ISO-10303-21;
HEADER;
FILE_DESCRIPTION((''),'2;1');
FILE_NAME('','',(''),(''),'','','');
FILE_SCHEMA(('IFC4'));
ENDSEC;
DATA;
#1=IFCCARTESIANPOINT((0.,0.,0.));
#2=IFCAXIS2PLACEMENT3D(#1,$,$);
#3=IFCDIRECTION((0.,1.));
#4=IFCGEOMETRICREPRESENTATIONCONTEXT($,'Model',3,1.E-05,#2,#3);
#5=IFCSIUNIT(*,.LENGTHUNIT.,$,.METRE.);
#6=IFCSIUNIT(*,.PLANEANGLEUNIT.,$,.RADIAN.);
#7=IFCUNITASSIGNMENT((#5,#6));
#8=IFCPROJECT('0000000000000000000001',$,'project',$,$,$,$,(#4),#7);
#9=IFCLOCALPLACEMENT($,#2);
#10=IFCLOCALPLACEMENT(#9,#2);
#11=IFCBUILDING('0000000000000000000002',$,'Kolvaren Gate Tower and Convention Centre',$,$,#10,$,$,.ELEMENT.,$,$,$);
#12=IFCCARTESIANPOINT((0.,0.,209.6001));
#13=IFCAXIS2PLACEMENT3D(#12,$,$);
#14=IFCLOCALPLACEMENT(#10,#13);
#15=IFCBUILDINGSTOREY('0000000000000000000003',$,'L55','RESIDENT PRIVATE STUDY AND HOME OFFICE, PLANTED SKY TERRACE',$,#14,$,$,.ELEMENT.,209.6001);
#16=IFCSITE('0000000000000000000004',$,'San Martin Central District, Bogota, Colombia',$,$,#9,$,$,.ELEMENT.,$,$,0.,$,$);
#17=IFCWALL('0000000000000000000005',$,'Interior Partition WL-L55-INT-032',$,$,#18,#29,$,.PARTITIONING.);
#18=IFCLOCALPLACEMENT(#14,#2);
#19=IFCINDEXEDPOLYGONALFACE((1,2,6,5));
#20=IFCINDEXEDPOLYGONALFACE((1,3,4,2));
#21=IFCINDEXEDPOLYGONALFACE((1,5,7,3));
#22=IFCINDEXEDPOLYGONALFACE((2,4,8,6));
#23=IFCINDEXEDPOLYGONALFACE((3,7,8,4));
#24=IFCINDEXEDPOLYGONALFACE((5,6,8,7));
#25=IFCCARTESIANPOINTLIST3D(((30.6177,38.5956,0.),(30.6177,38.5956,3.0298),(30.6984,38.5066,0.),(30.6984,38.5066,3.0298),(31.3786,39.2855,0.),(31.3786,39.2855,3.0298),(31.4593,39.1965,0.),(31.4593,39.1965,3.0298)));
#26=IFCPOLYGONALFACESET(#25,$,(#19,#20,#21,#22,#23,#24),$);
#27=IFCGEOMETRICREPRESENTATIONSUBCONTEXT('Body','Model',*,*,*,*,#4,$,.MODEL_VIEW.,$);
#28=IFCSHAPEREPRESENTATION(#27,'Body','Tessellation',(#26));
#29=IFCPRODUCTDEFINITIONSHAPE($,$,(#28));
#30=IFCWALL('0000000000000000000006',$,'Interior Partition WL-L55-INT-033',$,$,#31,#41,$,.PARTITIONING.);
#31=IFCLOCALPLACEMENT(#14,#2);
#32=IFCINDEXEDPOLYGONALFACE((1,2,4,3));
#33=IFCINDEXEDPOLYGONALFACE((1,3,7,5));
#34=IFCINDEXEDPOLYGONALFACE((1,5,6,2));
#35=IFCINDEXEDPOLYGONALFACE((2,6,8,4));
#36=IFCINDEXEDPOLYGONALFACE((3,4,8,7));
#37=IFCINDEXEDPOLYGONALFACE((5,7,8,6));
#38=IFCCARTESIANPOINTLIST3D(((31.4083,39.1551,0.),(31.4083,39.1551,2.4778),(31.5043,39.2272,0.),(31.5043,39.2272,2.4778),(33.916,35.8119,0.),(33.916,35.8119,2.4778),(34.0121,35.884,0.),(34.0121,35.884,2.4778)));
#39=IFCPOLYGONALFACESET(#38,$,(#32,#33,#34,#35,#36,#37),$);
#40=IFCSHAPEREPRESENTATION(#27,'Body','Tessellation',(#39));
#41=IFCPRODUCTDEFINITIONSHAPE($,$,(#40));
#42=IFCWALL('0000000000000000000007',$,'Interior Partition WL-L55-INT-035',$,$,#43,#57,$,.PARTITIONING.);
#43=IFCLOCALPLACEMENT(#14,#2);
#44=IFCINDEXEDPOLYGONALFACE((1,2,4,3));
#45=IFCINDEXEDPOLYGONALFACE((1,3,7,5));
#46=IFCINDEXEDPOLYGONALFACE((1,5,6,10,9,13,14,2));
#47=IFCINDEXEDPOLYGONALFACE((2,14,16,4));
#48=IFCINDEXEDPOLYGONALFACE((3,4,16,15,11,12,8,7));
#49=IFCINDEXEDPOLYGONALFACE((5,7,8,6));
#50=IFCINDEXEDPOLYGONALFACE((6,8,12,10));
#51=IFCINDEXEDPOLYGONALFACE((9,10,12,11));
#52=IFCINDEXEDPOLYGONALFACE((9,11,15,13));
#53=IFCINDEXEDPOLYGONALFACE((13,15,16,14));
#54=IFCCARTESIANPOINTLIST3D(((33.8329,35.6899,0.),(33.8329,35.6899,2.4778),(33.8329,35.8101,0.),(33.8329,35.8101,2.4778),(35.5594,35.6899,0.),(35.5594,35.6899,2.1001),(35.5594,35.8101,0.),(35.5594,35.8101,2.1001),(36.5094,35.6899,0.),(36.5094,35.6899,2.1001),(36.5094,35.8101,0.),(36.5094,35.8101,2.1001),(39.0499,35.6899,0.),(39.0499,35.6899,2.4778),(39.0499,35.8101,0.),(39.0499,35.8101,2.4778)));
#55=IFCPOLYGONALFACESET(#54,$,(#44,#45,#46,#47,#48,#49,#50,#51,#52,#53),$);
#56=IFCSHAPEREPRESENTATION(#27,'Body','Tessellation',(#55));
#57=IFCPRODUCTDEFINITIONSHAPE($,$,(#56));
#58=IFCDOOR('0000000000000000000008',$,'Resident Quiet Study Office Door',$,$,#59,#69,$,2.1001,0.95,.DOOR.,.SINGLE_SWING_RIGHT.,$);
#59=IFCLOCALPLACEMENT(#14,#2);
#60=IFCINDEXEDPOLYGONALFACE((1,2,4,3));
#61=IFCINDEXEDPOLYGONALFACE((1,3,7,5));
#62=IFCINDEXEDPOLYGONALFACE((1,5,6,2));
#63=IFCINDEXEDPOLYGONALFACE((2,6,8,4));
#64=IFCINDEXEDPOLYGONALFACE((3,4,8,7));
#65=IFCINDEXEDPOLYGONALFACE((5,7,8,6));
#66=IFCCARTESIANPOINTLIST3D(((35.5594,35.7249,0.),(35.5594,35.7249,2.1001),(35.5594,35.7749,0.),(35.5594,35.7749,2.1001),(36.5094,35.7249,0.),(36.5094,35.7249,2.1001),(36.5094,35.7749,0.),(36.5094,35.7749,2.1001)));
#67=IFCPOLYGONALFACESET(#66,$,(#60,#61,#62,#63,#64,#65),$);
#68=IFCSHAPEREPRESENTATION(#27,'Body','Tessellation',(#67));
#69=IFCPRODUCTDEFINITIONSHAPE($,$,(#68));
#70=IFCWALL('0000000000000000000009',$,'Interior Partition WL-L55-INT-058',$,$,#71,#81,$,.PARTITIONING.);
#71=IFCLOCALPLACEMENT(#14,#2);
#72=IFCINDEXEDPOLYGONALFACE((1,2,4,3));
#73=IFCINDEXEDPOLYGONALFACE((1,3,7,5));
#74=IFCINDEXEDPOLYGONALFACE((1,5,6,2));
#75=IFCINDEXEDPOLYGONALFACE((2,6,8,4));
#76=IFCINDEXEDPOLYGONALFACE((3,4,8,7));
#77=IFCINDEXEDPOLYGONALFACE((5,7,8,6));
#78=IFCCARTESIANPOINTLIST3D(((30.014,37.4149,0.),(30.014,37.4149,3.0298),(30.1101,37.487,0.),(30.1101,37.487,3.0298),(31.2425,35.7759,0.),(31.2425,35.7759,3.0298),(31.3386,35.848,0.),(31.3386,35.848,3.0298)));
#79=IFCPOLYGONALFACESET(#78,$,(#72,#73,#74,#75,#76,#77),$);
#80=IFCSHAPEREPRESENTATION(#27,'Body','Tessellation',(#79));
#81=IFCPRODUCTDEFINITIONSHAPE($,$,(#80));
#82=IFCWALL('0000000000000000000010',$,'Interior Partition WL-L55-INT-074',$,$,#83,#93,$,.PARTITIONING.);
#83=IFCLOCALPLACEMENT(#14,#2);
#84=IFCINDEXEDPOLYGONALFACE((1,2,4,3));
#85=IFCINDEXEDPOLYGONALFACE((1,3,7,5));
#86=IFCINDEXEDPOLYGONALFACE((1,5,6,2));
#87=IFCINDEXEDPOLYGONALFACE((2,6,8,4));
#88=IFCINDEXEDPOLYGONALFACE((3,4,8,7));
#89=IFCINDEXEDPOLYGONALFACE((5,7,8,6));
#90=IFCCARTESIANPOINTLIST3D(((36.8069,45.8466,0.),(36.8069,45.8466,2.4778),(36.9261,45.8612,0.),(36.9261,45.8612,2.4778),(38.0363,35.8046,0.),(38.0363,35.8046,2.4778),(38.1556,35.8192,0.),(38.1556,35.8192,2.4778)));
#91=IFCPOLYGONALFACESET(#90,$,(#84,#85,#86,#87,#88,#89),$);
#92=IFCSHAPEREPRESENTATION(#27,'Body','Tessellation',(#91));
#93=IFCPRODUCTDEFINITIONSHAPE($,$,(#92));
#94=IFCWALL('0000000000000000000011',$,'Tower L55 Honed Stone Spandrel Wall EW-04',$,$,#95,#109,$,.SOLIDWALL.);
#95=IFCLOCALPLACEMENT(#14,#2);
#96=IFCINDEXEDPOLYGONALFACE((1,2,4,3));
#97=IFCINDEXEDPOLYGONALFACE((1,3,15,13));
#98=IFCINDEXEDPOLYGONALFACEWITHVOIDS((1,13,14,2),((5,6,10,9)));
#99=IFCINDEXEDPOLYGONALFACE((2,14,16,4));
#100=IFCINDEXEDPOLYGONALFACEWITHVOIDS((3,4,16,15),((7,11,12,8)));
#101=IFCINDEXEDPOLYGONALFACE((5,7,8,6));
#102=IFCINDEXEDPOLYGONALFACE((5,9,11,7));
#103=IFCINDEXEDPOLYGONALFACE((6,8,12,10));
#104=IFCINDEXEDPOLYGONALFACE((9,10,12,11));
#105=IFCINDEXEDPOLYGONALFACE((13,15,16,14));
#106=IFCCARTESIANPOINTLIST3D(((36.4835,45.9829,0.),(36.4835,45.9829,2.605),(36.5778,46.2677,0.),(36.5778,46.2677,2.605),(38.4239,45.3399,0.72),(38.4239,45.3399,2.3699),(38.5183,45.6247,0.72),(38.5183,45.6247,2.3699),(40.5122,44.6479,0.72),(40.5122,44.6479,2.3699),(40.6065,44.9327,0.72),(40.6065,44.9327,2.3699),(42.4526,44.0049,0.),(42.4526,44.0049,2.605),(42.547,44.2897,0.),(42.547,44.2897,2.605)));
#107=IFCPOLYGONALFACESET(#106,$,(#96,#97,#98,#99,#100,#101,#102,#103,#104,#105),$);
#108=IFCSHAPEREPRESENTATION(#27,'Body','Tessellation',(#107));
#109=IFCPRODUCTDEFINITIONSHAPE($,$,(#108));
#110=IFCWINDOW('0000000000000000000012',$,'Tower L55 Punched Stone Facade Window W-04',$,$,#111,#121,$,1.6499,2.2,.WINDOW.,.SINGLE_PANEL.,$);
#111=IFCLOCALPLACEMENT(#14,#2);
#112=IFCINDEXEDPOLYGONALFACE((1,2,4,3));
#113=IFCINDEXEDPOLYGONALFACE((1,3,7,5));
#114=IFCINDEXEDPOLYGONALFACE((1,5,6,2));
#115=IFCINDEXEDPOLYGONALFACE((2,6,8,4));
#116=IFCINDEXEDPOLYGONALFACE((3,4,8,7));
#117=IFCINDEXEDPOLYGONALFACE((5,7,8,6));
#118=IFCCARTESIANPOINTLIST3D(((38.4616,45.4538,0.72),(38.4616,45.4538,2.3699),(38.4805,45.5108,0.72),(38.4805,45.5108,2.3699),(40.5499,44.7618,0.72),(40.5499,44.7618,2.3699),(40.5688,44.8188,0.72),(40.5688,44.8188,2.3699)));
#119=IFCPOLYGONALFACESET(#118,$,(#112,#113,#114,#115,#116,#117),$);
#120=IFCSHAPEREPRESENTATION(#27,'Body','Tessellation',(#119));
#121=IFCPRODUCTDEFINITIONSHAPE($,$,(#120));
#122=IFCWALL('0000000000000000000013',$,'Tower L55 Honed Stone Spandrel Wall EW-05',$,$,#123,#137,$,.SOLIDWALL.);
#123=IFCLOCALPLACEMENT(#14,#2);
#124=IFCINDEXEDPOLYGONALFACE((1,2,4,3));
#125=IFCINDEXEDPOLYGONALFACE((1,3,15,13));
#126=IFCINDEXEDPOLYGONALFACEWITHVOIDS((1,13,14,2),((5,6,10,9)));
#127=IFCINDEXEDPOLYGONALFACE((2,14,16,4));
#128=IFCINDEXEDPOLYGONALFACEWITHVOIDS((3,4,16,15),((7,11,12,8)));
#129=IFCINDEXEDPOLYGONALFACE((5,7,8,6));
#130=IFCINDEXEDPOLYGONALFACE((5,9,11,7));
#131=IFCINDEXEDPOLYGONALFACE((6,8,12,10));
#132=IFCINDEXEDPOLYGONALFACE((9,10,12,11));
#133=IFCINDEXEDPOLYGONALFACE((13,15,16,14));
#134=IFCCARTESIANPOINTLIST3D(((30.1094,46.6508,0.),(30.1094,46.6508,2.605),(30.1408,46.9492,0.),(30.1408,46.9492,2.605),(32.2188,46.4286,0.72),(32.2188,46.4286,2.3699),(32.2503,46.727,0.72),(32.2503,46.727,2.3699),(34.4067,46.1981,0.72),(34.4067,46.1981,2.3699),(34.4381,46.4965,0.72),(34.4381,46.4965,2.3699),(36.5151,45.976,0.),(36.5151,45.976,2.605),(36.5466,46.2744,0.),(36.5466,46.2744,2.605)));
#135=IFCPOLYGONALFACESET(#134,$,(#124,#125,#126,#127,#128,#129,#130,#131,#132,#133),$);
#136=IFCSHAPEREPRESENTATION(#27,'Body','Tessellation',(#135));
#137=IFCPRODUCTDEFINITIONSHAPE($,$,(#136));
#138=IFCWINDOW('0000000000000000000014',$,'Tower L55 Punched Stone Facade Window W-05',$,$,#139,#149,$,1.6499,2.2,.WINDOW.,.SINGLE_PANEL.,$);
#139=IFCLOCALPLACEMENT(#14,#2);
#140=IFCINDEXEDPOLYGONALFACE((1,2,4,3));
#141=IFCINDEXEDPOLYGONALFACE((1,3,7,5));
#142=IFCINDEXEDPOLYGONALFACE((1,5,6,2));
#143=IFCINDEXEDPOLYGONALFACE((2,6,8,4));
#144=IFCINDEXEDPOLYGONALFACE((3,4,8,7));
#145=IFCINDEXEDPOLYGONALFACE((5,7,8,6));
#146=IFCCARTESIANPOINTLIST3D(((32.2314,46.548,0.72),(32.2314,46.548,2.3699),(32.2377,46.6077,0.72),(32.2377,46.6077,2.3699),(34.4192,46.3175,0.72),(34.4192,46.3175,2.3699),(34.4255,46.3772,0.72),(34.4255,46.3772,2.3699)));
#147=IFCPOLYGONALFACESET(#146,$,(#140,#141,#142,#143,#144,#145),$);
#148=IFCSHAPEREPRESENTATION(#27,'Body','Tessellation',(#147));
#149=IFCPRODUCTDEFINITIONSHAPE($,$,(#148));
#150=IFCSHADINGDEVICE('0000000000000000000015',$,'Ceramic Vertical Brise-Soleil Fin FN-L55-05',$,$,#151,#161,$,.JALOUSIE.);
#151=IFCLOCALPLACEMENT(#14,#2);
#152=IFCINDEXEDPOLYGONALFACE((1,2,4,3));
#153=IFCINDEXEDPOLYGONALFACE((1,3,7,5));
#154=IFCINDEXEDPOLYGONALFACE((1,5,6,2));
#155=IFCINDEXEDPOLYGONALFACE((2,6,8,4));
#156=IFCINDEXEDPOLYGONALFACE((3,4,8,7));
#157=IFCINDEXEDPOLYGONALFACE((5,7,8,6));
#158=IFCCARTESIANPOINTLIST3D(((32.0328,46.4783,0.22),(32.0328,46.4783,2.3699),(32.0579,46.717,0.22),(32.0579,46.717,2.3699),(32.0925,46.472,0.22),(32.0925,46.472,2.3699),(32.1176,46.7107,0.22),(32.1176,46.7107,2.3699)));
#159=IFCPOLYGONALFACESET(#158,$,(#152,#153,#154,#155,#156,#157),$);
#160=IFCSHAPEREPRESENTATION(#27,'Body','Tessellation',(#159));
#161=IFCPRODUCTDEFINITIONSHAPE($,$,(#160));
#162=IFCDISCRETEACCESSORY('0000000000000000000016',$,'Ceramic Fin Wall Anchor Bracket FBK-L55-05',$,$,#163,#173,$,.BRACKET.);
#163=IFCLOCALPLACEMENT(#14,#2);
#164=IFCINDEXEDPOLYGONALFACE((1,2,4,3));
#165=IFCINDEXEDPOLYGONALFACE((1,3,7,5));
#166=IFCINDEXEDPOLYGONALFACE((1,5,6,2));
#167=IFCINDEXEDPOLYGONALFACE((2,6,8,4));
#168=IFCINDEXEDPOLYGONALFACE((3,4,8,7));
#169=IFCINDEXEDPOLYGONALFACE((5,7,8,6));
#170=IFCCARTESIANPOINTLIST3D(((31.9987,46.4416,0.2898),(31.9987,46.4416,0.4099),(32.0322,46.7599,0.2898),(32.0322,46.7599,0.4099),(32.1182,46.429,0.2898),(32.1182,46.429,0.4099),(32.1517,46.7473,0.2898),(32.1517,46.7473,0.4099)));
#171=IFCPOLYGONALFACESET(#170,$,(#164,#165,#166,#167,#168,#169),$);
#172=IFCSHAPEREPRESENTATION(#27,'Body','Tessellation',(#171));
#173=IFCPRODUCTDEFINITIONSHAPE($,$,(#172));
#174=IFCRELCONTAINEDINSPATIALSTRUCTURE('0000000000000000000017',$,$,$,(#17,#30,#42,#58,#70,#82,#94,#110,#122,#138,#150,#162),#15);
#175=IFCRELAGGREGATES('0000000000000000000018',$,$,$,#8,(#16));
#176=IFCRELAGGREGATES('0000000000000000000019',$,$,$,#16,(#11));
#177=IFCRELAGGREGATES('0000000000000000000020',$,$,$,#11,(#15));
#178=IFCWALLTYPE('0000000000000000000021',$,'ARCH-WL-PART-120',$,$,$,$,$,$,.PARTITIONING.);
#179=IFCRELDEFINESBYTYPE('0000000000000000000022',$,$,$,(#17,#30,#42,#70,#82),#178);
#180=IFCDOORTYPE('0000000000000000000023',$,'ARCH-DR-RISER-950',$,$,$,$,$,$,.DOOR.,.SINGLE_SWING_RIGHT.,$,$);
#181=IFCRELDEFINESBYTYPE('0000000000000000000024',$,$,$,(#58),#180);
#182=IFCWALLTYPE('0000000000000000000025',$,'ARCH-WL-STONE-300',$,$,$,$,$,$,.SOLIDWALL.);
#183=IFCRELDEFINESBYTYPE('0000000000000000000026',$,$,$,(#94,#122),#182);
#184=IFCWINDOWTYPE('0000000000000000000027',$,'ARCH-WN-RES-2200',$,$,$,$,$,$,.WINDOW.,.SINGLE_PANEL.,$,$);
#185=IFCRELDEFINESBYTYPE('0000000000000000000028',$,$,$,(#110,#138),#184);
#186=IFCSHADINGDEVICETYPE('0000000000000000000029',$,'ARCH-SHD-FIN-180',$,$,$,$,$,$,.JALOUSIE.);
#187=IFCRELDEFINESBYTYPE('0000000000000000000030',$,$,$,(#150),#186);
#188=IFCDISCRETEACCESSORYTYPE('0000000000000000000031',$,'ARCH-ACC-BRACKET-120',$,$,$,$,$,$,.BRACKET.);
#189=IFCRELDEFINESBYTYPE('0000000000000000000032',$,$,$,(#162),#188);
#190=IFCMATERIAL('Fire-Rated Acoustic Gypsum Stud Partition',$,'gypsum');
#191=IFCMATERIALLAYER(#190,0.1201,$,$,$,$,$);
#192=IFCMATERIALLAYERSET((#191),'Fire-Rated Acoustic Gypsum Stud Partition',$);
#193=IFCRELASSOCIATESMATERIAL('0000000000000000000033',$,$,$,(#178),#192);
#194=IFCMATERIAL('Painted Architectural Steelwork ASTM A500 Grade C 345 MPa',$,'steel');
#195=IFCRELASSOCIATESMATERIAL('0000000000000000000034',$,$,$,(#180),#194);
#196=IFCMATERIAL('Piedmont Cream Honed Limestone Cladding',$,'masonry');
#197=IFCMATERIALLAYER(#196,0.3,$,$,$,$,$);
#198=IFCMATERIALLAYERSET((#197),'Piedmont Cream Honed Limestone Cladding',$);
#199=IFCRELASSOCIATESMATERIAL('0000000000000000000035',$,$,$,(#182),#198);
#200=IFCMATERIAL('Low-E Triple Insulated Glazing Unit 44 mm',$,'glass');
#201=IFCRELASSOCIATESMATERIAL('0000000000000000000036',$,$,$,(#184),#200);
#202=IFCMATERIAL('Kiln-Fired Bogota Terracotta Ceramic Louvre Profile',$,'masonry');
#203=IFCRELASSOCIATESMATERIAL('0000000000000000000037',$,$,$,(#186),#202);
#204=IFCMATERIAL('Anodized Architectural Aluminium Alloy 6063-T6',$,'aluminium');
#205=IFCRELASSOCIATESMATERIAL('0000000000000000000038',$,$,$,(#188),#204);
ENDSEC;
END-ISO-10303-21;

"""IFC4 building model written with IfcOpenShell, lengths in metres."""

from ifc_helpers import new_model, si_unit, direction, frame, frame_2d, origin, origin_2d, place, context, subcontext, project, spatial, rectangle, extrude, material, layer, layer_set, type_object, element, fill, save


model = new_model("IFC4")

# Units and contexts
model_context = context("Model", 3, precision=1e-05, world=origin(), true_north=direction((0.0, 1.0)))
body_context = subcontext(model_context, "Body", "Model", "MODEL_VIEW")
ifc_project = project(units=[si_unit("LENGTHUNIT", "METRE"), si_unit("PLANEANGLEUNIT", "RADIAN")], contexts=[model_context])

# Site, building, storey
site_placement = place(None, origin())
site = spatial("IfcSite", under=ifc_project, at=site_placement, Name="San Martin Central District, Bogota, Colombia", CompositionType="ELEMENT", RefElevation=0.0)
building_placement = place(site_placement, origin())
building = spatial("IfcBuilding", under=site, at=building_placement, Name="Kolvaren Gate Tower and Convention Centre", CompositionType="ELEMENT")
storey_placement = place(building_placement, frame((0.0, 0.0, 209.6001)))
storey = spatial("IfcBuildingStorey", under=building, at=storey_placement, Name="L55", Description="RESIDENT PRIVATE STUDY AND HOME OFFICE, PLANTED SKY TERRACE", CompositionType="ELEMENT", Elevation=209.6001)

# Walls
ifc_material_1 = material(Name="Fire-Rated Acoustic Gypsum Stud Partition", Category="gypsum")
ifc_layer_1 = layer(ifc_material_1, 0.1201)
ifc_layer_set_1 = layer_set([ifc_layer_1], Name="Fire-Rated Acoustic Gypsum Stud Partition")
wall_type_1 = type_object("IfcWallType", Name="ARCH-WL-PART-120", PredefinedType="PARTITIONING", material=ifc_layer_set_1)
wall_1_placement = place(storey_placement, frame((30.658, 38.551, 0.0), z_axis=(0.0, 0.0, 1.0), x_axis=(0.740843, 0.671678, 0.0)))
element("IfcWall", 1, at=wall_1_placement, inside=storey, type_object=wall_type_1, Name="Interior Partition WL-L55-INT-032", PredefinedType="PARTITIONING", context=body_context, shape_type="SweptSolid", body=[
    extrude(rectangle(XDim=1.0271, YDim=0.1201, at=frame_2d((0.5137, 0.0))), origin(), (0.0, 0.0, 1.0), 3.0298),
])
wall_2_placement = place(storey_placement, frame((31.4563, 39.1912, 0.0), z_axis=(0.0, 0.0, 1.0), x_axis=(0.600056, -0.799958, 0.0)))
element("IfcWall", 2, at=wall_2_placement, inside=storey, type_object=wall_type_1, Name="Interior Partition WL-L55-INT-033", PredefinedType="PARTITIONING", context=body_context, shape_type="SweptSolid", body=[
    extrude(rectangle(XDim=4.1792, YDim=0.1201, at=frame_2d((2.0896, 0.0))), origin(), (0.0, 0.0, 1.0), 2.4778),
])

# Wall, opening, door
wall_3_placement = place(storey_placement, frame((33.833, 35.75, 0.0), z_axis=(0.0, 0.0, 1.0), x_axis=(1.0, 0.0, 0.0)))
wall_3 = element("IfcWall", 3, at=wall_3_placement, inside=storey, type_object=wall_type_1, Name="Interior Partition WL-L55-INT-035", PredefinedType="PARTITIONING", context=body_context, shape_type="SweptSolid", body=[
    extrude(rectangle(XDim=5.217, YDim=0.1201, at=frame_2d((2.6084, 0.0))), origin(), (0.0, 0.0, 1.0), 2.4778),
])
opening_1_placement = place(wall_3_placement, frame((1.7263, 0.0, 0.0)))
opening_1 = element("IfcOpeningElement", 4, at=opening_1_placement, cuts=wall_3, PredefinedType="OPENING", context=body_context, shape_type="SweptSolid", body=[
    extrude(rectangle(XDim=0.95, YDim=2.1001, at=frame_2d((0.4751, 1.05))), frame((0.0, 0.0701, 0.0), z_axis=(0.0, -1.0, 0.0), x_axis=(1.0, 0.0, 0.0)), (0.0, 0.0, 1.0), 0.1401),
])
ifc_material_2 = material(Name="Painted Architectural Steelwork ASTM A500 Grade C 345 MPa", Category="steel")
door_type = type_object("IfcDoorType", Name="ARCH-DR-RISER-950", OperationType="SINGLE_SWING_RIGHT", PredefinedType="DOOR", material=ifc_material_2)
door_placement = place(opening_1_placement, origin())
door = element("IfcDoor", 5, at=door_placement, inside=storey, type_object=door_type, Name="Resident Quiet Study Office Door", OperationType="SINGLE_SWING_RIGHT", OverallHeight=2.1001, OverallWidth=0.95, PredefinedType="DOOR", context=body_context, shape_type="SweptSolid", body=[
    extrude(rectangle(XDim=0.95, YDim=2.1001, at=frame_2d((0.4751, 1.05))), frame((0.0, 0.0249, 0.0), z_axis=(0.0, -1.0, 0.0), x_axis=(1.0, 0.0, 0.0)), (0.0, 0.0, 1.0), 0.05),
])
fill(opening_1, door)

# Walls
wall_4_placement = place(storey_placement, frame((30.062, 37.4509, 0.0), z_axis=(0.0, 0.0, 1.0), x_axis=(0.59979, -0.800157, 0.0)))
element("IfcWall", 6, at=wall_4_placement, inside=storey, type_object=wall_type_1, Name="Interior Partition WL-L55-INT-058", PredefinedType="PARTITIONING", context=body_context, shape_type="SweptSolid", body=[
    extrude(rectangle(XDim=2.0483, YDim=0.1201, at=frame_2d((1.0242, 0.0))), origin(), (0.0, 0.0, 1.0), 3.0298),
])
wall_5_placement = place(storey_placement, frame((36.8665, 45.854, 0.0), z_axis=(0.0, 0.0, 1.0), x_axis=(0.121528, -0.992588, 0.0)))
element("IfcWall", 7, at=wall_5_placement, inside=storey, type_object=wall_type_1, Name="Interior Partition WL-L55-INT-074", PredefinedType="PARTITIONING", context=body_context, shape_type="SweptSolid", body=[
    extrude(rectangle(XDim=10.1169, YDim=0.1201, at=frame_2d((5.0586, 0.0))), origin(), (0.0, 0.0, 1.0), 2.4778),
])

# Walls, openings, windows
ifc_material_3 = material(Name="Piedmont Cream Honed Limestone Cladding", Category="masonry")
ifc_layer_2 = layer(ifc_material_3, 0.3)
ifc_layer_set_2 = layer_set([ifc_layer_2], Name="Piedmont Cream Honed Limestone Cladding")
wall_type_2 = type_object("IfcWallType", Name="ARCH-WL-STONE-300", PredefinedType="SOLIDWALL", material=ifc_layer_set_2)
wall_6_placement = place(storey_placement, frame((36.5308, 46.1252, 0.0), z_axis=(0.0, 0.0, 1.0), x_axis=(0.949241, -0.31455, 0.0)))
wall_6 = element("IfcWall", 8, at=wall_6_placement, inside=storey, type_object=wall_type_2, Name="Tower L55 Honed Stone Spandrel Wall EW-04", PredefinedType="SOLIDWALL", context=body_context, shape_type="SweptSolid", body=[
    extrude(rectangle(XDim=6.2883, YDim=0.3, at=frame_2d((3.144, 0.0))), origin(), (0.0, 0.0, 1.0), 2.605),
])
opening_2_placement = place(wall_6_placement, frame((2.0439, 0.0, 0.72)))
opening_2 = element("IfcOpeningElement", 9, at=opening_2_placement, cuts=wall_6, PredefinedType="OPENING", context=body_context, shape_type="SweptSolid", body=[
    extrude(rectangle(XDim=2.2, YDim=1.6499, at=frame_2d((1.1001, 0.825))), frame((0.0, 0.1599, 0.0), z_axis=(0.0, -1.0, 0.0), x_axis=(1.0, 0.0, 0.0)), (0.0, 0.0, 1.0), 0.3201),
])
ifc_material_4 = material(Name="Low-E Triple Insulated Glazing Unit 44 mm", Category="glass")
window_type = type_object("IfcWindowType", Name="ARCH-WN-RES-2200", PartitioningType="SINGLE_PANEL", PredefinedType="WINDOW", material=ifc_material_4)
window_1_placement = place(opening_2_placement, origin())
window_1 = element("IfcWindow", 10, at=window_1_placement, inside=storey, type_object=window_type, Name="Tower L55 Punched Stone Facade Window W-04", OverallHeight=1.6499, OverallWidth=2.2, PartitioningType="SINGLE_PANEL", PredefinedType="WINDOW", context=body_context, shape_type="SweptSolid", body=[
    extrude(rectangle(XDim=2.2, YDim=1.6499, at=frame_2d((1.1001, 0.825))), frame((0.0, 0.03, 0.0), z_axis=(0.0, -1.0, 0.0), x_axis=(1.0, 0.0, 0.0)), (0.0, 0.0, 1.0), 0.0601),
])
fill(opening_2, window_1)
wall_7_placement = place(storey_placement, frame((30.125, 46.8, 0.0), z_axis=(0.0, 0.0, 1.0), x_axis=(0.994497, -0.104764, 0.0)))
wall_7 = element("IfcWall", 11, at=wall_7_placement, inside=storey, type_object=wall_type_2, Name="Tower L55 Honed Stone Spandrel Wall EW-05", PredefinedType="SOLIDWALL", context=body_context, shape_type="SweptSolid", body=[
    extrude(rectangle(XDim=6.4412, YDim=0.3, at=frame_2d((3.2207, 0.0))), origin(), (0.0, 0.0, 1.0), 2.605),
])
opening_3_placement = place(wall_7_placement, frame((2.1211, 0.0, 0.72)))
opening_3 = element("IfcOpeningElement", 12, at=opening_3_placement, cuts=wall_7, PredefinedType="OPENING", context=body_context, shape_type="SweptSolid", body=[
    extrude(rectangle(XDim=2.2, YDim=1.6499, at=frame_2d((1.1001, 0.825))), frame((0.0, 0.1599, 0.0), z_axis=(0.0, -1.0, 0.0), x_axis=(1.0, 0.0, 0.0)), (0.0, 0.0, 1.0), 0.3201),
])
window_2_placement = place(opening_3_placement, origin())
window_2 = element("IfcWindow", 13, at=window_2_placement, inside=storey, type_object=window_type, Name="Tower L55 Punched Stone Facade Window W-05", OverallHeight=1.6499, OverallWidth=2.2, PartitioningType="SINGLE_PANEL", PredefinedType="WINDOW", context=body_context, shape_type="SweptSolid", body=[
    extrude(rectangle(XDim=2.2, YDim=1.6499, at=frame_2d((1.1001, 0.825))), frame((0.0, 0.03, 0.0), z_axis=(0.0, -1.0, 0.0), x_axis=(1.0, 0.0, 0.0)), (0.0, 0.0, 1.0), 0.0601),
])
fill(opening_3, window_2)

# Shading device
ifc_material_5 = material(Name="Kiln-Fired Bogota Terracotta Ceramic Louvre Profile", Category="masonry")
shading_device_type = type_object("IfcShadingDeviceType", Name="ARCH-SHD-FIN-180", PredefinedType="JALOUSIE", material=ifc_material_5)
shading_device_placement = place(storey_placement, frame((32.0752, 46.5945, 0.22), z_axis=(0.0, 0.0, 1.0), x_axis=(0.994499, -0.104747, 0.0)))
element("IfcShadingDevice", 14, at=shading_device_placement, inside=storey, type_object=shading_device_type, Name="Ceramic Vertical Brise-Soleil Fin FN-L55-05", PredefinedType="JALOUSIE", context=body_context, shape_type="SweptSolid", body=[
    extrude(rectangle(XDim=0.0601, YDim=0.24, at=origin_2d()), origin(), (0.0, 0.0, 1.0), 2.1499),
])

# Discrete accessory
ifc_material_6 = material(Name="Anodized Architectural Aluminium Alloy 6063-T6", Category="aluminium")
discrete_accessory_type = type_object("IfcDiscreteAccessoryType", Name="ARCH-ACC-BRACKET-120", PredefinedType="BRACKET", material=ifc_material_6)
discrete_accessory_placement = place(storey_placement, frame((32.0752, 46.5945, 0.2898), z_axis=(0.0, 0.0, 1.0), x_axis=(0.994499, -0.104747, 0.0)))
element("IfcDiscreteAccessory", 15, at=discrete_accessory_placement, inside=storey, type_object=discrete_accessory_type, Name="Ceramic Fin Wall Anchor Bracket FBK-L55-05", PredefinedType="BRACKET", context=body_context, shape_type="SweptSolid", body=[
    extrude(rectangle(XDim=0.1201, YDim=0.3201, at=origin_2d()), origin(), (0.0, 0.0, 1.0), 0.1201),
])

save(model, "model.ifc")
